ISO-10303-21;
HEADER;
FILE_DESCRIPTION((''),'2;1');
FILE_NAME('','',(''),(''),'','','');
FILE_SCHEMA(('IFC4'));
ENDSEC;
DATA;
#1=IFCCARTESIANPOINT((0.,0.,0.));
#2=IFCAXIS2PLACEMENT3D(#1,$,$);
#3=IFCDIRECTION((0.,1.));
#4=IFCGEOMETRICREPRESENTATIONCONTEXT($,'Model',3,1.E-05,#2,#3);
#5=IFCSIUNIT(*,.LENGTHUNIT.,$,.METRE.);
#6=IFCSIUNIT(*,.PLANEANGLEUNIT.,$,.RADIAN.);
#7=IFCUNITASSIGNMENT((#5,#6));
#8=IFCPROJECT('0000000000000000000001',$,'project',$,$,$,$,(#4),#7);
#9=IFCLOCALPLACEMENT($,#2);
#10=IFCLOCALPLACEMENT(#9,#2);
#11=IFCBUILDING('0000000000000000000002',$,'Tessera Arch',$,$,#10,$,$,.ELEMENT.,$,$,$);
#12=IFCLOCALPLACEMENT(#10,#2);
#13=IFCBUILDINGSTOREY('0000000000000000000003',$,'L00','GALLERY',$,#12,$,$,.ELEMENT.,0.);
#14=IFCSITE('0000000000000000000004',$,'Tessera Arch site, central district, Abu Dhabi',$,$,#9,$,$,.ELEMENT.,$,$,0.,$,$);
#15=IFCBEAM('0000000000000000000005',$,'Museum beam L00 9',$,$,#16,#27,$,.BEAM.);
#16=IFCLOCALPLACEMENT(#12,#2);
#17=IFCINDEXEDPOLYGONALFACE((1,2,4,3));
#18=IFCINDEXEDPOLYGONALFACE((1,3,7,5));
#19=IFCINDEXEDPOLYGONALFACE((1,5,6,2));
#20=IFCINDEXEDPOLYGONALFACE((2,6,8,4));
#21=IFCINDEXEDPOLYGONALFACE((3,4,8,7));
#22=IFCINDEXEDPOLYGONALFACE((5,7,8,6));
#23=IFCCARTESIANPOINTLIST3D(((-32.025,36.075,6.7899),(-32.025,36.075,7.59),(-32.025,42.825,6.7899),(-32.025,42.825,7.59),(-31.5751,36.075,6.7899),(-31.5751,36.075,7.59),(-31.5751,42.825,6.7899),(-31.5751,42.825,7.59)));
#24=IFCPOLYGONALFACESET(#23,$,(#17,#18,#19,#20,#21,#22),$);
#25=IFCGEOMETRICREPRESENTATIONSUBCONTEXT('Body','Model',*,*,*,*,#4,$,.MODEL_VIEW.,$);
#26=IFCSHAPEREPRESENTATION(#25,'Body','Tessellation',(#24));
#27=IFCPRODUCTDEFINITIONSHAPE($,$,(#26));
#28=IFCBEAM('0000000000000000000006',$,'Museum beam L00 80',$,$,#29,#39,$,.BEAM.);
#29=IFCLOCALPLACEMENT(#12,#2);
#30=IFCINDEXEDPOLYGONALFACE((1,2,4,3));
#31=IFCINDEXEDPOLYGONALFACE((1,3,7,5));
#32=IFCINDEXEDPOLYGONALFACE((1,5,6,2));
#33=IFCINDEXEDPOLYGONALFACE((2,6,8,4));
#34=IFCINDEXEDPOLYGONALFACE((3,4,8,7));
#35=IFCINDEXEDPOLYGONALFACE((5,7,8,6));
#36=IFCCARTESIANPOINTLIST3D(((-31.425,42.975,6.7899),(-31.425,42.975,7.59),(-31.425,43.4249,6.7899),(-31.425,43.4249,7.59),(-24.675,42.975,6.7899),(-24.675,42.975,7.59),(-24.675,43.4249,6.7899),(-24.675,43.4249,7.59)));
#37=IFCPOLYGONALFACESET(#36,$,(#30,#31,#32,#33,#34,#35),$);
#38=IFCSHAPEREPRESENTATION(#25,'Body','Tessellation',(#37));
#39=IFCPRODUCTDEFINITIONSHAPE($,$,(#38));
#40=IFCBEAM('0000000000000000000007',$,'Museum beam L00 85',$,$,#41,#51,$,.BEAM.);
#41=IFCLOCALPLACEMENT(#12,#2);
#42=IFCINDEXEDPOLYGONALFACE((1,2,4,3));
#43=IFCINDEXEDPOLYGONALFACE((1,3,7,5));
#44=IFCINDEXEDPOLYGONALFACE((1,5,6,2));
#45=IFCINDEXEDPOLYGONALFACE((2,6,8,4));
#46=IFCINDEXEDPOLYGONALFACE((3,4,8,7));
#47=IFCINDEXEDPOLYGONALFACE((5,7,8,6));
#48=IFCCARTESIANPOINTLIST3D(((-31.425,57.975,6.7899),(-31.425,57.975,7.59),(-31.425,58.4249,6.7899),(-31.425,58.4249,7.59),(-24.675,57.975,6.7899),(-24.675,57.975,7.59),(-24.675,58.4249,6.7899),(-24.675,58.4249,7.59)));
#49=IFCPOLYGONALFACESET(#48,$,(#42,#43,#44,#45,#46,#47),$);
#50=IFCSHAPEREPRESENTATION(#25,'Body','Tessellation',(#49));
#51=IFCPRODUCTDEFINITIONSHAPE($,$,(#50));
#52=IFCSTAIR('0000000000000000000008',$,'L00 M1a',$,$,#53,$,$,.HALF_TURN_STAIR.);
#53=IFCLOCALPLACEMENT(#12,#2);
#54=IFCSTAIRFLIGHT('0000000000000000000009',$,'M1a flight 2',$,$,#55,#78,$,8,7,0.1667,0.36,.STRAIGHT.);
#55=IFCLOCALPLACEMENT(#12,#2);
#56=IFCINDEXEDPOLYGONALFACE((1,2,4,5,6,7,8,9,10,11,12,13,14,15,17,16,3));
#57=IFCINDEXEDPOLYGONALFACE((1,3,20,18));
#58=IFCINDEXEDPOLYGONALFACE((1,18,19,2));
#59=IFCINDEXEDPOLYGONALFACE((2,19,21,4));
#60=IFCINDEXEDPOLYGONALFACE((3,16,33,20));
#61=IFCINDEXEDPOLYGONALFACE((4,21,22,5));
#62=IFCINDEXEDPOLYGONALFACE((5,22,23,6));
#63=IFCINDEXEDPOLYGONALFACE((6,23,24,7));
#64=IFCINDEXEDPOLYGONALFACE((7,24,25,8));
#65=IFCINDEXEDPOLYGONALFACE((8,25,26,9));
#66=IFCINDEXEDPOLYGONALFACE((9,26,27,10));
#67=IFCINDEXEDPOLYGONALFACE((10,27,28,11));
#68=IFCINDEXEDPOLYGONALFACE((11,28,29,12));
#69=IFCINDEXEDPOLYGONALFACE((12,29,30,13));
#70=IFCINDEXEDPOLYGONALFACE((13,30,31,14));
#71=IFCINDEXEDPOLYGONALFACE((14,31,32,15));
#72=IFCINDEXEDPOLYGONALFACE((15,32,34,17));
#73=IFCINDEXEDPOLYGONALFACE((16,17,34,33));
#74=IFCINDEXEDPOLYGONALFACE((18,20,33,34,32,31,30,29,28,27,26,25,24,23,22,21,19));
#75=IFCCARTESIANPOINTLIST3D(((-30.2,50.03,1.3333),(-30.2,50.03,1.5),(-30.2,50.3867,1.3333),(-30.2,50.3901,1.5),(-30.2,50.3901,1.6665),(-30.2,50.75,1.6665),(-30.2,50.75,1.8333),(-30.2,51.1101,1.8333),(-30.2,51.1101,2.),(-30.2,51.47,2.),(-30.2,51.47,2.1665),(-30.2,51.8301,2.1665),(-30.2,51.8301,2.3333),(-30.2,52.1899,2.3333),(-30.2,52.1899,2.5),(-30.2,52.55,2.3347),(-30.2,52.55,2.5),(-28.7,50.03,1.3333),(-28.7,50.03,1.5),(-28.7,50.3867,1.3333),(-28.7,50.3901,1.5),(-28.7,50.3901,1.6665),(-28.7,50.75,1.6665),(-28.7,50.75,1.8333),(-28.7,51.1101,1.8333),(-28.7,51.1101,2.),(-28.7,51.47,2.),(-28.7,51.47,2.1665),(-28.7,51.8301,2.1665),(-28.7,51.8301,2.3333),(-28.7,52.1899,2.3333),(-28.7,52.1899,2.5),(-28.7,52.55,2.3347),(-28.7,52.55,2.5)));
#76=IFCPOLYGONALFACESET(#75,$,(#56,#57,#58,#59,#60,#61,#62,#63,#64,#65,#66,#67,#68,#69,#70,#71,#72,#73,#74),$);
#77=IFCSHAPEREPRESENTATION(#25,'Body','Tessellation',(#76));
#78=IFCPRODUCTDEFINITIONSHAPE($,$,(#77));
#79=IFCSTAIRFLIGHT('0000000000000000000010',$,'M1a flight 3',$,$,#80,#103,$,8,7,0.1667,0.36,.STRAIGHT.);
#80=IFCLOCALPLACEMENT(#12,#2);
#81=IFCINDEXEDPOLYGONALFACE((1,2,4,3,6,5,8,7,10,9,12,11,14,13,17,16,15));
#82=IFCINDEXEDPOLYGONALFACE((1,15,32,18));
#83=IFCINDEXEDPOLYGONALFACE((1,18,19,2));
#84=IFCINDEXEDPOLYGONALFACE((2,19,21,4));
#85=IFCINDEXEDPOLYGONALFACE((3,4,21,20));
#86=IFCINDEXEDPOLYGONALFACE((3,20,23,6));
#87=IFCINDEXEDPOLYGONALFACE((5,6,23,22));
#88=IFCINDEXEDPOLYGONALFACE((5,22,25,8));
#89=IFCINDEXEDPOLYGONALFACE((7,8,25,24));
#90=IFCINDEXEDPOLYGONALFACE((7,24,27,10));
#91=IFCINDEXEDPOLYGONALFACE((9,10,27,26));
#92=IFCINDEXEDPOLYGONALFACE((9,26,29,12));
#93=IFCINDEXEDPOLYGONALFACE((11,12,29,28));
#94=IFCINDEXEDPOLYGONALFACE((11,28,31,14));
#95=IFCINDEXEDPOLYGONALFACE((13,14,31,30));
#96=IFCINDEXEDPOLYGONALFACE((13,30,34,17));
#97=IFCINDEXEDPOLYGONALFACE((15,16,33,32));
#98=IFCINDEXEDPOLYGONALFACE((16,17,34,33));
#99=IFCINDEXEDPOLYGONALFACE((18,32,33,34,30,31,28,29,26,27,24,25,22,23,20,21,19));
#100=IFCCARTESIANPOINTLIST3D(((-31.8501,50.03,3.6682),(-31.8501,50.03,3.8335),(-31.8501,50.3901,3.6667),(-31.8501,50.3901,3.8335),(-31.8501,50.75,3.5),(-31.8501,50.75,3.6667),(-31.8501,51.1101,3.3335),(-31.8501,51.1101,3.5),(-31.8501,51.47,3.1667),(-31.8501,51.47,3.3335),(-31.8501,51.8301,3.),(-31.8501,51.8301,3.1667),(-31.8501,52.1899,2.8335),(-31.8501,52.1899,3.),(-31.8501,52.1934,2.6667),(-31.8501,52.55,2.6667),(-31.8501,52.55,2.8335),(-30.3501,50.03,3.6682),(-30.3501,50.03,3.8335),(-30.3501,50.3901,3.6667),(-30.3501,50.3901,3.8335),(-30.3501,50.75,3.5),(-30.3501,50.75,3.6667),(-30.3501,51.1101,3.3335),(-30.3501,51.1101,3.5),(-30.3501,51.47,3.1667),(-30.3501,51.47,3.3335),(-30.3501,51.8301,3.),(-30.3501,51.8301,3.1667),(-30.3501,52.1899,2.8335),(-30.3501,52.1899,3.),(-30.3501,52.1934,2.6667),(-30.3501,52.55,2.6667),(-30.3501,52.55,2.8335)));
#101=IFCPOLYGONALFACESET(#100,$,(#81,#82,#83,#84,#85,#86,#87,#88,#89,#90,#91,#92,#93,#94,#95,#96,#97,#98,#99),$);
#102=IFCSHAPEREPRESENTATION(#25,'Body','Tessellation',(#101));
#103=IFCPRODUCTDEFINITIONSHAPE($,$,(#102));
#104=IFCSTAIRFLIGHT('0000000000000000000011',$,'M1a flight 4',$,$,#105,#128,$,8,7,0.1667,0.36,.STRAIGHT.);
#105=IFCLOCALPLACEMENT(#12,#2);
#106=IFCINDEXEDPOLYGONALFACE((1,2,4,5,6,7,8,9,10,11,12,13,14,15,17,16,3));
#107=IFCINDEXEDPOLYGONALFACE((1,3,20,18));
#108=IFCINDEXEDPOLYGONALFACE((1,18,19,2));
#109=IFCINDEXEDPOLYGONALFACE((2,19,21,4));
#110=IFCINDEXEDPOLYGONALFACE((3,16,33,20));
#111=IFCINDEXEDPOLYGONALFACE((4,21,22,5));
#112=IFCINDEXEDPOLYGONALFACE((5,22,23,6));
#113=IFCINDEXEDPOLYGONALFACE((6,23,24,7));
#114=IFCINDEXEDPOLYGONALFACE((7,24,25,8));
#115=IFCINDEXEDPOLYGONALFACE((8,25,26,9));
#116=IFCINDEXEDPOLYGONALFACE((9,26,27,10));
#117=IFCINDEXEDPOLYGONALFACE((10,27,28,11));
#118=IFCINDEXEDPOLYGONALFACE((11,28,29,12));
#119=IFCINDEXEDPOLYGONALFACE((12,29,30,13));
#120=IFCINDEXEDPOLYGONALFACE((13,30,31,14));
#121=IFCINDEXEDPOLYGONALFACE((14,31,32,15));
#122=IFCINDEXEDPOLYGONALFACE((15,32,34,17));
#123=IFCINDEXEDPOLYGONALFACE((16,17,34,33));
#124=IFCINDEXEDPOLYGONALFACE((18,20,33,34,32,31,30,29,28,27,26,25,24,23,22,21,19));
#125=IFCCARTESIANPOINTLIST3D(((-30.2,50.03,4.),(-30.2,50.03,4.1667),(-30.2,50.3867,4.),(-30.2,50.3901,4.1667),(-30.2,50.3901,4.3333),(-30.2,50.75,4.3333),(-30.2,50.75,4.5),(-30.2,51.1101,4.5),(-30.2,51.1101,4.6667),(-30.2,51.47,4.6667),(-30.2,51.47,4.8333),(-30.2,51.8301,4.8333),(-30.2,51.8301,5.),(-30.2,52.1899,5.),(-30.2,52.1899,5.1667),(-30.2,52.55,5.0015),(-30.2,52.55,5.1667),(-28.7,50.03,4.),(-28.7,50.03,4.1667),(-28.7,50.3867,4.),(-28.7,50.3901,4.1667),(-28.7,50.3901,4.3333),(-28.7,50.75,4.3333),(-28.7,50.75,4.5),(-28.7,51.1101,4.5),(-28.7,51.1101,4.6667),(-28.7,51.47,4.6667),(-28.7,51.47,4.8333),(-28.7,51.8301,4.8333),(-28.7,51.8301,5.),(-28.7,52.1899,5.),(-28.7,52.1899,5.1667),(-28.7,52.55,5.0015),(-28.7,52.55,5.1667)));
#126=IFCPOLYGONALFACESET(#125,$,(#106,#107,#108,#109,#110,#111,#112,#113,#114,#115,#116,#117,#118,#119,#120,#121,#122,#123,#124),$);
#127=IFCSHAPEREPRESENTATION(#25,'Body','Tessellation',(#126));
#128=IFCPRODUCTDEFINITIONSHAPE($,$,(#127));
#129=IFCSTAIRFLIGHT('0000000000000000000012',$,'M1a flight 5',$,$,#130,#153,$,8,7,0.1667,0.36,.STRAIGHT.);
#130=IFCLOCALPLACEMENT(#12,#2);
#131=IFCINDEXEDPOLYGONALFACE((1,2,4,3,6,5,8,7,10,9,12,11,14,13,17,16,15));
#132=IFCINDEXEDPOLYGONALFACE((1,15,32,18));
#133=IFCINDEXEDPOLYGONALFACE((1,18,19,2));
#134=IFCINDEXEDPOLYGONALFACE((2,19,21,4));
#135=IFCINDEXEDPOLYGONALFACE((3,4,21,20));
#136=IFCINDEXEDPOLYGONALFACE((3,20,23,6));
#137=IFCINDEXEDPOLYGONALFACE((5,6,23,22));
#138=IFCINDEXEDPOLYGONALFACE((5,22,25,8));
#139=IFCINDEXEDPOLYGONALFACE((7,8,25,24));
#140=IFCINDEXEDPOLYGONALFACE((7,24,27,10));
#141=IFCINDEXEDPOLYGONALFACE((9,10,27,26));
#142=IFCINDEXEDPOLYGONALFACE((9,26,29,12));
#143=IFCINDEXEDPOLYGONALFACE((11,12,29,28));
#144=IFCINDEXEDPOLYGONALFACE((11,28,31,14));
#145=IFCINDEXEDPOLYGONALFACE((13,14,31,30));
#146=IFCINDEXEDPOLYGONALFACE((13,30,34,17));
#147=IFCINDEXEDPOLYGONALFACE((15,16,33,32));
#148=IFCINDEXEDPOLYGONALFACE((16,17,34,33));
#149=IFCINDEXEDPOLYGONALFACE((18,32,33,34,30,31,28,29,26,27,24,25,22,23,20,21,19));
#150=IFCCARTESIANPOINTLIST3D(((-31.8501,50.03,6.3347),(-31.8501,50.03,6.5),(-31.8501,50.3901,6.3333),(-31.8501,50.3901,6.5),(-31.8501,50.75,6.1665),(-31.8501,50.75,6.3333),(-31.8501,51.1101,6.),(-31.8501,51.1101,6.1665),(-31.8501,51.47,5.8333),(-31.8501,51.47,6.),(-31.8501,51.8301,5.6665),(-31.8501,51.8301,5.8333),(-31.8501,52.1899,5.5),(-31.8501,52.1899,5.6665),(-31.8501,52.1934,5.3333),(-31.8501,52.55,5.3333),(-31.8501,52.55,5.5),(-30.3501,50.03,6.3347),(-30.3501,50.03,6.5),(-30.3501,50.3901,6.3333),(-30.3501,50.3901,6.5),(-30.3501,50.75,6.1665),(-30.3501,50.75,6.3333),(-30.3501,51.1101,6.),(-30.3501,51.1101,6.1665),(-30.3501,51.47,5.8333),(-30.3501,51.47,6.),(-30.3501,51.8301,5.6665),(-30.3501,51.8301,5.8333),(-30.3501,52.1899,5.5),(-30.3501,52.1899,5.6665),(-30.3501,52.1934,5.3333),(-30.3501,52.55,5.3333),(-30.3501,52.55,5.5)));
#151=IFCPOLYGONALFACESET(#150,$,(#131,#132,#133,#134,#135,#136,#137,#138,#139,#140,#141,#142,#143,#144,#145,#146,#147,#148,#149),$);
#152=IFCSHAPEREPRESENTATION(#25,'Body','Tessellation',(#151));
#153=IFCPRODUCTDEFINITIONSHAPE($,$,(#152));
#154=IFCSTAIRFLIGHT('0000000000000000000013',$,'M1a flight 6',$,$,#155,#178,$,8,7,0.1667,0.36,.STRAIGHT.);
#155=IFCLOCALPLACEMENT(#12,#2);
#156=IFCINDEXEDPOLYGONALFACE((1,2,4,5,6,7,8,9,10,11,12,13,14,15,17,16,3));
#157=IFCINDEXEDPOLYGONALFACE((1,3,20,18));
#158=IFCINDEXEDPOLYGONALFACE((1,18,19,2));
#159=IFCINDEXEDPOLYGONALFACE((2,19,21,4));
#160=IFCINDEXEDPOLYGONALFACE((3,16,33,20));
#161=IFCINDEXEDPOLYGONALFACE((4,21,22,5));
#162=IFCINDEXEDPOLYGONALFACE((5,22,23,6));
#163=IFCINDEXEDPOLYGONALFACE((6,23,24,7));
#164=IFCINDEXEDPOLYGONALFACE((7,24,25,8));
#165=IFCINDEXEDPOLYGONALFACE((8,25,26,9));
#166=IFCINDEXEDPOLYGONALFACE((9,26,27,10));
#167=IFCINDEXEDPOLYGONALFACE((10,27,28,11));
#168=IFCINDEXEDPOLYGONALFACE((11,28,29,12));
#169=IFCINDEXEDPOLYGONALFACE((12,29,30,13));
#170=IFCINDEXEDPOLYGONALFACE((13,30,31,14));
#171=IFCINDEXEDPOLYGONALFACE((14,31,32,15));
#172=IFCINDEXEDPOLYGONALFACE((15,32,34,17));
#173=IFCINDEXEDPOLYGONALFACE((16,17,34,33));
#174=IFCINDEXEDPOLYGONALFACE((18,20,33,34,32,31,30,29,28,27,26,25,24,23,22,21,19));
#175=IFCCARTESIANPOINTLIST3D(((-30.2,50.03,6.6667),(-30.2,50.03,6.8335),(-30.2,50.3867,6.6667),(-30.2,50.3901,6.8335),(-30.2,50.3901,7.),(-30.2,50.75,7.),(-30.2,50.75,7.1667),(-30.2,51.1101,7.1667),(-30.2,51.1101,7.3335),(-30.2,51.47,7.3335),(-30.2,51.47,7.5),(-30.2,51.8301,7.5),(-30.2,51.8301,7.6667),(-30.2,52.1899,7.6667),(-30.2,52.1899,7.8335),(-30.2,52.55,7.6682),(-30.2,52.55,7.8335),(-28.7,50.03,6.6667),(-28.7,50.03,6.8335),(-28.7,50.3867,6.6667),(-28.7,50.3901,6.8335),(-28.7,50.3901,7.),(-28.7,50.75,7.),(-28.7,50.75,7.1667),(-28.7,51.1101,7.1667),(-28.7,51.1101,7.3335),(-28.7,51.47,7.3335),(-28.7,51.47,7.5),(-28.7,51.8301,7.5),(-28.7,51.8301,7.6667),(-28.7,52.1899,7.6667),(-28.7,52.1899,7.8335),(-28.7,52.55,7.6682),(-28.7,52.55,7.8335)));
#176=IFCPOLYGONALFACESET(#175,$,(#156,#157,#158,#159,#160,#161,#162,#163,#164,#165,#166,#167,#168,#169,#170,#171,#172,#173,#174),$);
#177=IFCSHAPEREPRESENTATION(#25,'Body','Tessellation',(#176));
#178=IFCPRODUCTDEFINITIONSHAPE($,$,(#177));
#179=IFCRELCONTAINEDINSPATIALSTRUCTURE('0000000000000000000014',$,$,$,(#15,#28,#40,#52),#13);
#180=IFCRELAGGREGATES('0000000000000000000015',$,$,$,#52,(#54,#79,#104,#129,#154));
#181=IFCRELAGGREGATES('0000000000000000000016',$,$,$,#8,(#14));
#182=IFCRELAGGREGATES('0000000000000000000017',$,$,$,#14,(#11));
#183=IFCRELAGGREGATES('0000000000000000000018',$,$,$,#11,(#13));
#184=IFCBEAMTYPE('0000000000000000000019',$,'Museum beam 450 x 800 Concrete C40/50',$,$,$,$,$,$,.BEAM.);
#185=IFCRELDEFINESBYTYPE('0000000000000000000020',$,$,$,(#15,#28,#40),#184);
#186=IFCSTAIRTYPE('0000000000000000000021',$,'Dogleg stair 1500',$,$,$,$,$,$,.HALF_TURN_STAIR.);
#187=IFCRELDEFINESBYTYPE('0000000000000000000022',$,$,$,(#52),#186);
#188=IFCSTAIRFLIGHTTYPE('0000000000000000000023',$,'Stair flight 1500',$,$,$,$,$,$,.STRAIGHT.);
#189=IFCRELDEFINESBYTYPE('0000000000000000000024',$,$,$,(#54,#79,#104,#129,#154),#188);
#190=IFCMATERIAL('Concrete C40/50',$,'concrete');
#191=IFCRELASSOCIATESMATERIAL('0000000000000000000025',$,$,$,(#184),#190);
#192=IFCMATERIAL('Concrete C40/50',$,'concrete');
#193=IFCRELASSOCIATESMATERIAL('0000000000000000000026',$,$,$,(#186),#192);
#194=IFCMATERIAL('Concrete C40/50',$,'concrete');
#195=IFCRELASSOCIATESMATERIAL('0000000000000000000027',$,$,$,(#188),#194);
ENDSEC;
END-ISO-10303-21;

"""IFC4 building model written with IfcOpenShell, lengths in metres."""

from ifc_helpers import new_model, si_unit, direction, frame, origin, origin_2d, place, context, subcontext, project, spatial, polyline, rectangle, outline, extrude, material, material_profile, profile_set, type_object, element, aggregate, save


model = new_model("IFC4")

# Units and contexts
model_context = context("Model", 3, precision=1e-05, world=origin(), true_north=direction((0.0, 1.0)))
body_context = subcontext(model_context, "Body", "Model", "MODEL_VIEW")
ifc_project = project(units=[si_unit("LENGTHUNIT", "METRE"), si_unit("PLANEANGLEUNIT", "RADIAN")], contexts=[model_context])

# Site, building, storey
site_placement = place(None, origin())
site = spatial("IfcSite", under=ifc_project, at=site_placement, Name="Tessera Arch site, central district, Abu Dhabi", CompositionType="ELEMENT", RefElevation=0.0)
building_placement = place(site_placement, origin())
building = spatial("IfcBuilding", under=site, at=building_placement, Name="Tessera Arch", CompositionType="ELEMENT")
storey_placement = place(building_placement, origin())
storey = spatial("IfcBuildingStorey", under=building, at=storey_placement, Name="L00", Description="GALLERY", CompositionType="ELEMENT", Elevation=0.0)

# Beams
ifc_material_1 = material(Name="Concrete C40/50", Category="concrete")
ifc_material_profile = material_profile(ifc_material_1, rectangle(XDim=0.45, YDim=0.8, at=origin_2d()), Name="Museum beam 450 x 800 Concrete C40/50")
ifc_profile_set = profile_set([ifc_material_profile], Name="Concrete C40/50")
beam_type = type_object("IfcBeamType", Name="Museum beam 450 x 800 Concrete C40/50", PredefinedType="BEAM", material=ifc_profile_set)
for number, where, z_axis, x_axis, name in (
    (1, (-31.8, 36.075, 7.1899), (0.0, 1.0, 0.0), (-1.0, 0.0, 0.0), "Museum beam L00 9"),
    (2, (-31.425, 43.2, 7.1899), (1.0, 0.0, 0.0), (0.0, 1.0, 0.0), "Museum beam L00 80"),
    (3, (-31.425, 58.2, 7.1899), (1.0, 0.0, 0.0), (0.0, 1.0, 0.0), "Museum beam L00 85"),
):
    element("IfcBeam", number, at=place(storey_placement, frame(where, z_axis=z_axis, x_axis=x_axis)), inside=storey, type_object=beam_type, Name=name, PredefinedType="BEAM", context=body_context, shape_type="SweptSolid", body=[
        extrude(rectangle(XDim=0.45, YDim=0.8, at=origin_2d()), origin(), (0.0, 0.0, 1.0), 6.75),
    ])

# Stair, stair flights
ifc_material_2 = material(Name="Concrete C40/50", Category="concrete")
stair_type = type_object("IfcStairType", Name="Dogleg stair 1500", PredefinedType="HALF_TURN_STAIR", material=ifc_material_2)
stair_1_placement = place(storey_placement, origin())
stair_1 = element("IfcStair", 4, at=stair_1_placement, inside=storey, type_object=stair_type, Name="L00 M1a", PredefinedType="HALF_TURN_STAIR")
ifc_material_3 = material(Name="Concrete C40/50", Category="concrete")
stair_flight_type = type_object("IfcStairFlightType", Name="Stair flight 1500", PredefinedType="STRAIGHT", material=ifc_material_3)
stair_flight_1_placement = place(storey_placement, frame((-29.45, 50.03, 1.3333), z_axis=(0.0, 0.0, 1.0), x_axis=(0.0, 1.0, 0.0)))
stair_flight_1 = element("IfcStairFlight", 5, at=stair_flight_1_placement, type_object=stair_flight_type, Name="M1a flight 2", NumberOfRisers=8, NumberOfTreads=7, PredefinedType="STRAIGHT", RiserHeight=0.1667, TreadLength=0.36, context=body_context, shape_type="SweptSolid", body=[
    extrude(outline(polyline([(0.0, 0.0), (0.0, 0.1667), (0.3601, 0.1667), (0.3601, 0.3333), (0.72, 0.3333), (0.72, 0.5), (1.0801, 0.5), (1.0801, 0.6667), (1.4399, 0.6667), (1.4399, 0.8333), (1.8, 0.8333), (1.8, 1.0), (2.1599, 1.0), (2.1599, 1.1667), (2.52, 1.1667), (2.52, 1.3333), (2.52, 1.0015), (0.3567, 0.0), (0.0, 0.0)])), frame((0.0, 0.75, 0.0), z_axis=(0.0, -1.0, 0.0), x_axis=(1.0, 0.0, 0.0)), (0.0, 0.0, 1.0), 1.5),
])
stair_flight_2_placement = place(storey_placement, frame((-31.1001, 52.55, 2.6667), z_axis=(0.0, 0.0, 1.0), x_axis=(0.0, -1.0, 0.0)))
stair_flight_2 = element("IfcStairFlight", 6, at=stair_flight_2_placement, type_object=stair_flight_type, Name="M1a flight 3", NumberOfRisers=8, NumberOfTreads=7, PredefinedType="STRAIGHT", RiserHeight=0.1667, TreadLength=0.36, context=body_context, shape_type="SweptSolid", body=[
    extrude(outline(polyline([(0.0, 0.0), (0.0, 0.1667), (0.3601, 0.1667), (0.3601, 0.3333), (0.72, 0.3333), (0.72, 0.5), (1.0801, 0.5), (1.0801, 0.6667), (1.4399, 0.6667), (1.4399, 0.8333), (1.8, 0.8333), (1.8, 1.0), (2.1599, 1.0), (2.1599, 1.1667), (2.52, 1.1667), (2.52, 1.3333), (2.52, 1.0015), (0.3567, 0.0), (0.0, 0.0)])), frame((0.0, 0.75, 0.0), z_axis=(0.0, -1.0, 0.0), x_axis=(1.0, 0.0, 0.0)), (0.0, 0.0, 1.0), 1.5),
])
stair_flight_3_placement = place(storey_placement, frame((-29.45, 50.03, 4.0), z_axis=(0.0, 0.0, 1.0), x_axis=(0.0, 1.0, 0.0)))
stair_flight_3 = element("IfcStairFlight", 7, at=stair_flight_3_placement, type_object=stair_flight_type, Name="M1a flight 4", NumberOfRisers=8, NumberOfTreads=7, PredefinedType="STRAIGHT", RiserHeight=0.1667, TreadLength=0.36, context=body_context, shape_type="SweptSolid", body=[
    extrude(outline(polyline([(0.0, 0.0), (0.0, 0.1667), (0.3601, 0.1667), (0.3601, 0.3333), (0.72, 0.3333), (0.72, 0.5), (1.0801, 0.5), (1.0801, 0.6667), (1.4399, 0.6667), (1.4399, 0.8333), (1.8, 0.8333), (1.8, 1.0), (2.1599, 1.0), (2.1599, 1.1667), (2.52, 1.1667), (2.52, 1.3333), (2.52, 1.0015), (0.3567, 0.0), (0.0, 0.0)])), frame((0.0, 0.75, 0.0), z_axis=(0.0, -1.0, 0.0), x_axis=(1.0, 0.0, 0.0)), (0.0, 0.0, 1.0), 1.5),
])
stair_flight_4_placement = place(storey_placement, frame((-31.1001, 52.55, 5.3333), z_axis=(0.0, 0.0, 1.0), x_axis=(0.0, -1.0, 0.0)))
stair_flight_4 = element("IfcStairFlight", 8, at=stair_flight_4_placement, type_object=stair_flight_type, Name="M1a flight 5", NumberOfRisers=8, NumberOfTreads=7, PredefinedType="STRAIGHT", RiserHeight=0.1667, TreadLength=0.36, context=body_context, shape_type="SweptSolid", body=[
    extrude(outline(polyline([(0.0, 0.0), (0.0, 0.1667), (0.3601, 0.1667), (0.3601, 0.3333), (0.72, 0.3333), (0.72, 0.5), (1.0801, 0.5), (1.0801, 0.6667), (1.4399, 0.6667), (1.4399, 0.8333), (1.8, 0.8333), (1.8, 1.0), (2.1599, 1.0), (2.1599, 1.1667), (2.52, 1.1667), (2.52, 1.3333), (2.52, 1.0015), (0.3567, 0.0), (0.0, 0.0)])), frame((0.0, 0.75, 0.0), z_axis=(0.0, -1.0, 0.0), x_axis=(1.0, 0.0, 0.0)), (0.0, 0.0, 1.0), 1.5),
])
stair_flight_5_placement = place(storey_placement, frame((-29.45, 50.03, 6.6667), z_axis=(0.0, 0.0, 1.0), x_axis=(0.0, 1.0, 0.0)))
stair_flight_5 = element("IfcStairFlight", 9, at=stair_flight_5_placement, type_object=stair_flight_type, Name="M1a flight 6", NumberOfRisers=8, NumberOfTreads=7, PredefinedType="STRAIGHT", RiserHeight=0.1667, TreadLength=0.36, context=body_context, shape_type="SweptSolid", body=[
    extrude(outline(polyline([(0.0, 0.0), (0.0, 0.1667), (0.3601, 0.1667), (0.3601, 0.3333), (0.72, 0.3333), (0.72, 0.5), (1.0801, 0.5), (1.0801, 0.6667), (1.4399, 0.6667), (1.4399, 0.8333), (1.8, 0.8333), (1.8, 1.0), (2.1599, 1.0), (2.1599, 1.1667), (2.52, 1.1667), (2.52, 1.3333), (2.52, 1.0015), (0.3567, 0.0), (0.0, 0.0)])), frame((0.0, 0.75, 0.0), z_axis=(0.0, -1.0, 0.0), x_axis=(1.0, 0.0, 0.0)), (0.0, 0.0, 1.0), 1.5),
])
aggregate(stair_1, [stair_flight_1, stair_flight_2, stair_flight_3, stair_flight_4, stair_flight_5])

save(model, "model.ifc")
